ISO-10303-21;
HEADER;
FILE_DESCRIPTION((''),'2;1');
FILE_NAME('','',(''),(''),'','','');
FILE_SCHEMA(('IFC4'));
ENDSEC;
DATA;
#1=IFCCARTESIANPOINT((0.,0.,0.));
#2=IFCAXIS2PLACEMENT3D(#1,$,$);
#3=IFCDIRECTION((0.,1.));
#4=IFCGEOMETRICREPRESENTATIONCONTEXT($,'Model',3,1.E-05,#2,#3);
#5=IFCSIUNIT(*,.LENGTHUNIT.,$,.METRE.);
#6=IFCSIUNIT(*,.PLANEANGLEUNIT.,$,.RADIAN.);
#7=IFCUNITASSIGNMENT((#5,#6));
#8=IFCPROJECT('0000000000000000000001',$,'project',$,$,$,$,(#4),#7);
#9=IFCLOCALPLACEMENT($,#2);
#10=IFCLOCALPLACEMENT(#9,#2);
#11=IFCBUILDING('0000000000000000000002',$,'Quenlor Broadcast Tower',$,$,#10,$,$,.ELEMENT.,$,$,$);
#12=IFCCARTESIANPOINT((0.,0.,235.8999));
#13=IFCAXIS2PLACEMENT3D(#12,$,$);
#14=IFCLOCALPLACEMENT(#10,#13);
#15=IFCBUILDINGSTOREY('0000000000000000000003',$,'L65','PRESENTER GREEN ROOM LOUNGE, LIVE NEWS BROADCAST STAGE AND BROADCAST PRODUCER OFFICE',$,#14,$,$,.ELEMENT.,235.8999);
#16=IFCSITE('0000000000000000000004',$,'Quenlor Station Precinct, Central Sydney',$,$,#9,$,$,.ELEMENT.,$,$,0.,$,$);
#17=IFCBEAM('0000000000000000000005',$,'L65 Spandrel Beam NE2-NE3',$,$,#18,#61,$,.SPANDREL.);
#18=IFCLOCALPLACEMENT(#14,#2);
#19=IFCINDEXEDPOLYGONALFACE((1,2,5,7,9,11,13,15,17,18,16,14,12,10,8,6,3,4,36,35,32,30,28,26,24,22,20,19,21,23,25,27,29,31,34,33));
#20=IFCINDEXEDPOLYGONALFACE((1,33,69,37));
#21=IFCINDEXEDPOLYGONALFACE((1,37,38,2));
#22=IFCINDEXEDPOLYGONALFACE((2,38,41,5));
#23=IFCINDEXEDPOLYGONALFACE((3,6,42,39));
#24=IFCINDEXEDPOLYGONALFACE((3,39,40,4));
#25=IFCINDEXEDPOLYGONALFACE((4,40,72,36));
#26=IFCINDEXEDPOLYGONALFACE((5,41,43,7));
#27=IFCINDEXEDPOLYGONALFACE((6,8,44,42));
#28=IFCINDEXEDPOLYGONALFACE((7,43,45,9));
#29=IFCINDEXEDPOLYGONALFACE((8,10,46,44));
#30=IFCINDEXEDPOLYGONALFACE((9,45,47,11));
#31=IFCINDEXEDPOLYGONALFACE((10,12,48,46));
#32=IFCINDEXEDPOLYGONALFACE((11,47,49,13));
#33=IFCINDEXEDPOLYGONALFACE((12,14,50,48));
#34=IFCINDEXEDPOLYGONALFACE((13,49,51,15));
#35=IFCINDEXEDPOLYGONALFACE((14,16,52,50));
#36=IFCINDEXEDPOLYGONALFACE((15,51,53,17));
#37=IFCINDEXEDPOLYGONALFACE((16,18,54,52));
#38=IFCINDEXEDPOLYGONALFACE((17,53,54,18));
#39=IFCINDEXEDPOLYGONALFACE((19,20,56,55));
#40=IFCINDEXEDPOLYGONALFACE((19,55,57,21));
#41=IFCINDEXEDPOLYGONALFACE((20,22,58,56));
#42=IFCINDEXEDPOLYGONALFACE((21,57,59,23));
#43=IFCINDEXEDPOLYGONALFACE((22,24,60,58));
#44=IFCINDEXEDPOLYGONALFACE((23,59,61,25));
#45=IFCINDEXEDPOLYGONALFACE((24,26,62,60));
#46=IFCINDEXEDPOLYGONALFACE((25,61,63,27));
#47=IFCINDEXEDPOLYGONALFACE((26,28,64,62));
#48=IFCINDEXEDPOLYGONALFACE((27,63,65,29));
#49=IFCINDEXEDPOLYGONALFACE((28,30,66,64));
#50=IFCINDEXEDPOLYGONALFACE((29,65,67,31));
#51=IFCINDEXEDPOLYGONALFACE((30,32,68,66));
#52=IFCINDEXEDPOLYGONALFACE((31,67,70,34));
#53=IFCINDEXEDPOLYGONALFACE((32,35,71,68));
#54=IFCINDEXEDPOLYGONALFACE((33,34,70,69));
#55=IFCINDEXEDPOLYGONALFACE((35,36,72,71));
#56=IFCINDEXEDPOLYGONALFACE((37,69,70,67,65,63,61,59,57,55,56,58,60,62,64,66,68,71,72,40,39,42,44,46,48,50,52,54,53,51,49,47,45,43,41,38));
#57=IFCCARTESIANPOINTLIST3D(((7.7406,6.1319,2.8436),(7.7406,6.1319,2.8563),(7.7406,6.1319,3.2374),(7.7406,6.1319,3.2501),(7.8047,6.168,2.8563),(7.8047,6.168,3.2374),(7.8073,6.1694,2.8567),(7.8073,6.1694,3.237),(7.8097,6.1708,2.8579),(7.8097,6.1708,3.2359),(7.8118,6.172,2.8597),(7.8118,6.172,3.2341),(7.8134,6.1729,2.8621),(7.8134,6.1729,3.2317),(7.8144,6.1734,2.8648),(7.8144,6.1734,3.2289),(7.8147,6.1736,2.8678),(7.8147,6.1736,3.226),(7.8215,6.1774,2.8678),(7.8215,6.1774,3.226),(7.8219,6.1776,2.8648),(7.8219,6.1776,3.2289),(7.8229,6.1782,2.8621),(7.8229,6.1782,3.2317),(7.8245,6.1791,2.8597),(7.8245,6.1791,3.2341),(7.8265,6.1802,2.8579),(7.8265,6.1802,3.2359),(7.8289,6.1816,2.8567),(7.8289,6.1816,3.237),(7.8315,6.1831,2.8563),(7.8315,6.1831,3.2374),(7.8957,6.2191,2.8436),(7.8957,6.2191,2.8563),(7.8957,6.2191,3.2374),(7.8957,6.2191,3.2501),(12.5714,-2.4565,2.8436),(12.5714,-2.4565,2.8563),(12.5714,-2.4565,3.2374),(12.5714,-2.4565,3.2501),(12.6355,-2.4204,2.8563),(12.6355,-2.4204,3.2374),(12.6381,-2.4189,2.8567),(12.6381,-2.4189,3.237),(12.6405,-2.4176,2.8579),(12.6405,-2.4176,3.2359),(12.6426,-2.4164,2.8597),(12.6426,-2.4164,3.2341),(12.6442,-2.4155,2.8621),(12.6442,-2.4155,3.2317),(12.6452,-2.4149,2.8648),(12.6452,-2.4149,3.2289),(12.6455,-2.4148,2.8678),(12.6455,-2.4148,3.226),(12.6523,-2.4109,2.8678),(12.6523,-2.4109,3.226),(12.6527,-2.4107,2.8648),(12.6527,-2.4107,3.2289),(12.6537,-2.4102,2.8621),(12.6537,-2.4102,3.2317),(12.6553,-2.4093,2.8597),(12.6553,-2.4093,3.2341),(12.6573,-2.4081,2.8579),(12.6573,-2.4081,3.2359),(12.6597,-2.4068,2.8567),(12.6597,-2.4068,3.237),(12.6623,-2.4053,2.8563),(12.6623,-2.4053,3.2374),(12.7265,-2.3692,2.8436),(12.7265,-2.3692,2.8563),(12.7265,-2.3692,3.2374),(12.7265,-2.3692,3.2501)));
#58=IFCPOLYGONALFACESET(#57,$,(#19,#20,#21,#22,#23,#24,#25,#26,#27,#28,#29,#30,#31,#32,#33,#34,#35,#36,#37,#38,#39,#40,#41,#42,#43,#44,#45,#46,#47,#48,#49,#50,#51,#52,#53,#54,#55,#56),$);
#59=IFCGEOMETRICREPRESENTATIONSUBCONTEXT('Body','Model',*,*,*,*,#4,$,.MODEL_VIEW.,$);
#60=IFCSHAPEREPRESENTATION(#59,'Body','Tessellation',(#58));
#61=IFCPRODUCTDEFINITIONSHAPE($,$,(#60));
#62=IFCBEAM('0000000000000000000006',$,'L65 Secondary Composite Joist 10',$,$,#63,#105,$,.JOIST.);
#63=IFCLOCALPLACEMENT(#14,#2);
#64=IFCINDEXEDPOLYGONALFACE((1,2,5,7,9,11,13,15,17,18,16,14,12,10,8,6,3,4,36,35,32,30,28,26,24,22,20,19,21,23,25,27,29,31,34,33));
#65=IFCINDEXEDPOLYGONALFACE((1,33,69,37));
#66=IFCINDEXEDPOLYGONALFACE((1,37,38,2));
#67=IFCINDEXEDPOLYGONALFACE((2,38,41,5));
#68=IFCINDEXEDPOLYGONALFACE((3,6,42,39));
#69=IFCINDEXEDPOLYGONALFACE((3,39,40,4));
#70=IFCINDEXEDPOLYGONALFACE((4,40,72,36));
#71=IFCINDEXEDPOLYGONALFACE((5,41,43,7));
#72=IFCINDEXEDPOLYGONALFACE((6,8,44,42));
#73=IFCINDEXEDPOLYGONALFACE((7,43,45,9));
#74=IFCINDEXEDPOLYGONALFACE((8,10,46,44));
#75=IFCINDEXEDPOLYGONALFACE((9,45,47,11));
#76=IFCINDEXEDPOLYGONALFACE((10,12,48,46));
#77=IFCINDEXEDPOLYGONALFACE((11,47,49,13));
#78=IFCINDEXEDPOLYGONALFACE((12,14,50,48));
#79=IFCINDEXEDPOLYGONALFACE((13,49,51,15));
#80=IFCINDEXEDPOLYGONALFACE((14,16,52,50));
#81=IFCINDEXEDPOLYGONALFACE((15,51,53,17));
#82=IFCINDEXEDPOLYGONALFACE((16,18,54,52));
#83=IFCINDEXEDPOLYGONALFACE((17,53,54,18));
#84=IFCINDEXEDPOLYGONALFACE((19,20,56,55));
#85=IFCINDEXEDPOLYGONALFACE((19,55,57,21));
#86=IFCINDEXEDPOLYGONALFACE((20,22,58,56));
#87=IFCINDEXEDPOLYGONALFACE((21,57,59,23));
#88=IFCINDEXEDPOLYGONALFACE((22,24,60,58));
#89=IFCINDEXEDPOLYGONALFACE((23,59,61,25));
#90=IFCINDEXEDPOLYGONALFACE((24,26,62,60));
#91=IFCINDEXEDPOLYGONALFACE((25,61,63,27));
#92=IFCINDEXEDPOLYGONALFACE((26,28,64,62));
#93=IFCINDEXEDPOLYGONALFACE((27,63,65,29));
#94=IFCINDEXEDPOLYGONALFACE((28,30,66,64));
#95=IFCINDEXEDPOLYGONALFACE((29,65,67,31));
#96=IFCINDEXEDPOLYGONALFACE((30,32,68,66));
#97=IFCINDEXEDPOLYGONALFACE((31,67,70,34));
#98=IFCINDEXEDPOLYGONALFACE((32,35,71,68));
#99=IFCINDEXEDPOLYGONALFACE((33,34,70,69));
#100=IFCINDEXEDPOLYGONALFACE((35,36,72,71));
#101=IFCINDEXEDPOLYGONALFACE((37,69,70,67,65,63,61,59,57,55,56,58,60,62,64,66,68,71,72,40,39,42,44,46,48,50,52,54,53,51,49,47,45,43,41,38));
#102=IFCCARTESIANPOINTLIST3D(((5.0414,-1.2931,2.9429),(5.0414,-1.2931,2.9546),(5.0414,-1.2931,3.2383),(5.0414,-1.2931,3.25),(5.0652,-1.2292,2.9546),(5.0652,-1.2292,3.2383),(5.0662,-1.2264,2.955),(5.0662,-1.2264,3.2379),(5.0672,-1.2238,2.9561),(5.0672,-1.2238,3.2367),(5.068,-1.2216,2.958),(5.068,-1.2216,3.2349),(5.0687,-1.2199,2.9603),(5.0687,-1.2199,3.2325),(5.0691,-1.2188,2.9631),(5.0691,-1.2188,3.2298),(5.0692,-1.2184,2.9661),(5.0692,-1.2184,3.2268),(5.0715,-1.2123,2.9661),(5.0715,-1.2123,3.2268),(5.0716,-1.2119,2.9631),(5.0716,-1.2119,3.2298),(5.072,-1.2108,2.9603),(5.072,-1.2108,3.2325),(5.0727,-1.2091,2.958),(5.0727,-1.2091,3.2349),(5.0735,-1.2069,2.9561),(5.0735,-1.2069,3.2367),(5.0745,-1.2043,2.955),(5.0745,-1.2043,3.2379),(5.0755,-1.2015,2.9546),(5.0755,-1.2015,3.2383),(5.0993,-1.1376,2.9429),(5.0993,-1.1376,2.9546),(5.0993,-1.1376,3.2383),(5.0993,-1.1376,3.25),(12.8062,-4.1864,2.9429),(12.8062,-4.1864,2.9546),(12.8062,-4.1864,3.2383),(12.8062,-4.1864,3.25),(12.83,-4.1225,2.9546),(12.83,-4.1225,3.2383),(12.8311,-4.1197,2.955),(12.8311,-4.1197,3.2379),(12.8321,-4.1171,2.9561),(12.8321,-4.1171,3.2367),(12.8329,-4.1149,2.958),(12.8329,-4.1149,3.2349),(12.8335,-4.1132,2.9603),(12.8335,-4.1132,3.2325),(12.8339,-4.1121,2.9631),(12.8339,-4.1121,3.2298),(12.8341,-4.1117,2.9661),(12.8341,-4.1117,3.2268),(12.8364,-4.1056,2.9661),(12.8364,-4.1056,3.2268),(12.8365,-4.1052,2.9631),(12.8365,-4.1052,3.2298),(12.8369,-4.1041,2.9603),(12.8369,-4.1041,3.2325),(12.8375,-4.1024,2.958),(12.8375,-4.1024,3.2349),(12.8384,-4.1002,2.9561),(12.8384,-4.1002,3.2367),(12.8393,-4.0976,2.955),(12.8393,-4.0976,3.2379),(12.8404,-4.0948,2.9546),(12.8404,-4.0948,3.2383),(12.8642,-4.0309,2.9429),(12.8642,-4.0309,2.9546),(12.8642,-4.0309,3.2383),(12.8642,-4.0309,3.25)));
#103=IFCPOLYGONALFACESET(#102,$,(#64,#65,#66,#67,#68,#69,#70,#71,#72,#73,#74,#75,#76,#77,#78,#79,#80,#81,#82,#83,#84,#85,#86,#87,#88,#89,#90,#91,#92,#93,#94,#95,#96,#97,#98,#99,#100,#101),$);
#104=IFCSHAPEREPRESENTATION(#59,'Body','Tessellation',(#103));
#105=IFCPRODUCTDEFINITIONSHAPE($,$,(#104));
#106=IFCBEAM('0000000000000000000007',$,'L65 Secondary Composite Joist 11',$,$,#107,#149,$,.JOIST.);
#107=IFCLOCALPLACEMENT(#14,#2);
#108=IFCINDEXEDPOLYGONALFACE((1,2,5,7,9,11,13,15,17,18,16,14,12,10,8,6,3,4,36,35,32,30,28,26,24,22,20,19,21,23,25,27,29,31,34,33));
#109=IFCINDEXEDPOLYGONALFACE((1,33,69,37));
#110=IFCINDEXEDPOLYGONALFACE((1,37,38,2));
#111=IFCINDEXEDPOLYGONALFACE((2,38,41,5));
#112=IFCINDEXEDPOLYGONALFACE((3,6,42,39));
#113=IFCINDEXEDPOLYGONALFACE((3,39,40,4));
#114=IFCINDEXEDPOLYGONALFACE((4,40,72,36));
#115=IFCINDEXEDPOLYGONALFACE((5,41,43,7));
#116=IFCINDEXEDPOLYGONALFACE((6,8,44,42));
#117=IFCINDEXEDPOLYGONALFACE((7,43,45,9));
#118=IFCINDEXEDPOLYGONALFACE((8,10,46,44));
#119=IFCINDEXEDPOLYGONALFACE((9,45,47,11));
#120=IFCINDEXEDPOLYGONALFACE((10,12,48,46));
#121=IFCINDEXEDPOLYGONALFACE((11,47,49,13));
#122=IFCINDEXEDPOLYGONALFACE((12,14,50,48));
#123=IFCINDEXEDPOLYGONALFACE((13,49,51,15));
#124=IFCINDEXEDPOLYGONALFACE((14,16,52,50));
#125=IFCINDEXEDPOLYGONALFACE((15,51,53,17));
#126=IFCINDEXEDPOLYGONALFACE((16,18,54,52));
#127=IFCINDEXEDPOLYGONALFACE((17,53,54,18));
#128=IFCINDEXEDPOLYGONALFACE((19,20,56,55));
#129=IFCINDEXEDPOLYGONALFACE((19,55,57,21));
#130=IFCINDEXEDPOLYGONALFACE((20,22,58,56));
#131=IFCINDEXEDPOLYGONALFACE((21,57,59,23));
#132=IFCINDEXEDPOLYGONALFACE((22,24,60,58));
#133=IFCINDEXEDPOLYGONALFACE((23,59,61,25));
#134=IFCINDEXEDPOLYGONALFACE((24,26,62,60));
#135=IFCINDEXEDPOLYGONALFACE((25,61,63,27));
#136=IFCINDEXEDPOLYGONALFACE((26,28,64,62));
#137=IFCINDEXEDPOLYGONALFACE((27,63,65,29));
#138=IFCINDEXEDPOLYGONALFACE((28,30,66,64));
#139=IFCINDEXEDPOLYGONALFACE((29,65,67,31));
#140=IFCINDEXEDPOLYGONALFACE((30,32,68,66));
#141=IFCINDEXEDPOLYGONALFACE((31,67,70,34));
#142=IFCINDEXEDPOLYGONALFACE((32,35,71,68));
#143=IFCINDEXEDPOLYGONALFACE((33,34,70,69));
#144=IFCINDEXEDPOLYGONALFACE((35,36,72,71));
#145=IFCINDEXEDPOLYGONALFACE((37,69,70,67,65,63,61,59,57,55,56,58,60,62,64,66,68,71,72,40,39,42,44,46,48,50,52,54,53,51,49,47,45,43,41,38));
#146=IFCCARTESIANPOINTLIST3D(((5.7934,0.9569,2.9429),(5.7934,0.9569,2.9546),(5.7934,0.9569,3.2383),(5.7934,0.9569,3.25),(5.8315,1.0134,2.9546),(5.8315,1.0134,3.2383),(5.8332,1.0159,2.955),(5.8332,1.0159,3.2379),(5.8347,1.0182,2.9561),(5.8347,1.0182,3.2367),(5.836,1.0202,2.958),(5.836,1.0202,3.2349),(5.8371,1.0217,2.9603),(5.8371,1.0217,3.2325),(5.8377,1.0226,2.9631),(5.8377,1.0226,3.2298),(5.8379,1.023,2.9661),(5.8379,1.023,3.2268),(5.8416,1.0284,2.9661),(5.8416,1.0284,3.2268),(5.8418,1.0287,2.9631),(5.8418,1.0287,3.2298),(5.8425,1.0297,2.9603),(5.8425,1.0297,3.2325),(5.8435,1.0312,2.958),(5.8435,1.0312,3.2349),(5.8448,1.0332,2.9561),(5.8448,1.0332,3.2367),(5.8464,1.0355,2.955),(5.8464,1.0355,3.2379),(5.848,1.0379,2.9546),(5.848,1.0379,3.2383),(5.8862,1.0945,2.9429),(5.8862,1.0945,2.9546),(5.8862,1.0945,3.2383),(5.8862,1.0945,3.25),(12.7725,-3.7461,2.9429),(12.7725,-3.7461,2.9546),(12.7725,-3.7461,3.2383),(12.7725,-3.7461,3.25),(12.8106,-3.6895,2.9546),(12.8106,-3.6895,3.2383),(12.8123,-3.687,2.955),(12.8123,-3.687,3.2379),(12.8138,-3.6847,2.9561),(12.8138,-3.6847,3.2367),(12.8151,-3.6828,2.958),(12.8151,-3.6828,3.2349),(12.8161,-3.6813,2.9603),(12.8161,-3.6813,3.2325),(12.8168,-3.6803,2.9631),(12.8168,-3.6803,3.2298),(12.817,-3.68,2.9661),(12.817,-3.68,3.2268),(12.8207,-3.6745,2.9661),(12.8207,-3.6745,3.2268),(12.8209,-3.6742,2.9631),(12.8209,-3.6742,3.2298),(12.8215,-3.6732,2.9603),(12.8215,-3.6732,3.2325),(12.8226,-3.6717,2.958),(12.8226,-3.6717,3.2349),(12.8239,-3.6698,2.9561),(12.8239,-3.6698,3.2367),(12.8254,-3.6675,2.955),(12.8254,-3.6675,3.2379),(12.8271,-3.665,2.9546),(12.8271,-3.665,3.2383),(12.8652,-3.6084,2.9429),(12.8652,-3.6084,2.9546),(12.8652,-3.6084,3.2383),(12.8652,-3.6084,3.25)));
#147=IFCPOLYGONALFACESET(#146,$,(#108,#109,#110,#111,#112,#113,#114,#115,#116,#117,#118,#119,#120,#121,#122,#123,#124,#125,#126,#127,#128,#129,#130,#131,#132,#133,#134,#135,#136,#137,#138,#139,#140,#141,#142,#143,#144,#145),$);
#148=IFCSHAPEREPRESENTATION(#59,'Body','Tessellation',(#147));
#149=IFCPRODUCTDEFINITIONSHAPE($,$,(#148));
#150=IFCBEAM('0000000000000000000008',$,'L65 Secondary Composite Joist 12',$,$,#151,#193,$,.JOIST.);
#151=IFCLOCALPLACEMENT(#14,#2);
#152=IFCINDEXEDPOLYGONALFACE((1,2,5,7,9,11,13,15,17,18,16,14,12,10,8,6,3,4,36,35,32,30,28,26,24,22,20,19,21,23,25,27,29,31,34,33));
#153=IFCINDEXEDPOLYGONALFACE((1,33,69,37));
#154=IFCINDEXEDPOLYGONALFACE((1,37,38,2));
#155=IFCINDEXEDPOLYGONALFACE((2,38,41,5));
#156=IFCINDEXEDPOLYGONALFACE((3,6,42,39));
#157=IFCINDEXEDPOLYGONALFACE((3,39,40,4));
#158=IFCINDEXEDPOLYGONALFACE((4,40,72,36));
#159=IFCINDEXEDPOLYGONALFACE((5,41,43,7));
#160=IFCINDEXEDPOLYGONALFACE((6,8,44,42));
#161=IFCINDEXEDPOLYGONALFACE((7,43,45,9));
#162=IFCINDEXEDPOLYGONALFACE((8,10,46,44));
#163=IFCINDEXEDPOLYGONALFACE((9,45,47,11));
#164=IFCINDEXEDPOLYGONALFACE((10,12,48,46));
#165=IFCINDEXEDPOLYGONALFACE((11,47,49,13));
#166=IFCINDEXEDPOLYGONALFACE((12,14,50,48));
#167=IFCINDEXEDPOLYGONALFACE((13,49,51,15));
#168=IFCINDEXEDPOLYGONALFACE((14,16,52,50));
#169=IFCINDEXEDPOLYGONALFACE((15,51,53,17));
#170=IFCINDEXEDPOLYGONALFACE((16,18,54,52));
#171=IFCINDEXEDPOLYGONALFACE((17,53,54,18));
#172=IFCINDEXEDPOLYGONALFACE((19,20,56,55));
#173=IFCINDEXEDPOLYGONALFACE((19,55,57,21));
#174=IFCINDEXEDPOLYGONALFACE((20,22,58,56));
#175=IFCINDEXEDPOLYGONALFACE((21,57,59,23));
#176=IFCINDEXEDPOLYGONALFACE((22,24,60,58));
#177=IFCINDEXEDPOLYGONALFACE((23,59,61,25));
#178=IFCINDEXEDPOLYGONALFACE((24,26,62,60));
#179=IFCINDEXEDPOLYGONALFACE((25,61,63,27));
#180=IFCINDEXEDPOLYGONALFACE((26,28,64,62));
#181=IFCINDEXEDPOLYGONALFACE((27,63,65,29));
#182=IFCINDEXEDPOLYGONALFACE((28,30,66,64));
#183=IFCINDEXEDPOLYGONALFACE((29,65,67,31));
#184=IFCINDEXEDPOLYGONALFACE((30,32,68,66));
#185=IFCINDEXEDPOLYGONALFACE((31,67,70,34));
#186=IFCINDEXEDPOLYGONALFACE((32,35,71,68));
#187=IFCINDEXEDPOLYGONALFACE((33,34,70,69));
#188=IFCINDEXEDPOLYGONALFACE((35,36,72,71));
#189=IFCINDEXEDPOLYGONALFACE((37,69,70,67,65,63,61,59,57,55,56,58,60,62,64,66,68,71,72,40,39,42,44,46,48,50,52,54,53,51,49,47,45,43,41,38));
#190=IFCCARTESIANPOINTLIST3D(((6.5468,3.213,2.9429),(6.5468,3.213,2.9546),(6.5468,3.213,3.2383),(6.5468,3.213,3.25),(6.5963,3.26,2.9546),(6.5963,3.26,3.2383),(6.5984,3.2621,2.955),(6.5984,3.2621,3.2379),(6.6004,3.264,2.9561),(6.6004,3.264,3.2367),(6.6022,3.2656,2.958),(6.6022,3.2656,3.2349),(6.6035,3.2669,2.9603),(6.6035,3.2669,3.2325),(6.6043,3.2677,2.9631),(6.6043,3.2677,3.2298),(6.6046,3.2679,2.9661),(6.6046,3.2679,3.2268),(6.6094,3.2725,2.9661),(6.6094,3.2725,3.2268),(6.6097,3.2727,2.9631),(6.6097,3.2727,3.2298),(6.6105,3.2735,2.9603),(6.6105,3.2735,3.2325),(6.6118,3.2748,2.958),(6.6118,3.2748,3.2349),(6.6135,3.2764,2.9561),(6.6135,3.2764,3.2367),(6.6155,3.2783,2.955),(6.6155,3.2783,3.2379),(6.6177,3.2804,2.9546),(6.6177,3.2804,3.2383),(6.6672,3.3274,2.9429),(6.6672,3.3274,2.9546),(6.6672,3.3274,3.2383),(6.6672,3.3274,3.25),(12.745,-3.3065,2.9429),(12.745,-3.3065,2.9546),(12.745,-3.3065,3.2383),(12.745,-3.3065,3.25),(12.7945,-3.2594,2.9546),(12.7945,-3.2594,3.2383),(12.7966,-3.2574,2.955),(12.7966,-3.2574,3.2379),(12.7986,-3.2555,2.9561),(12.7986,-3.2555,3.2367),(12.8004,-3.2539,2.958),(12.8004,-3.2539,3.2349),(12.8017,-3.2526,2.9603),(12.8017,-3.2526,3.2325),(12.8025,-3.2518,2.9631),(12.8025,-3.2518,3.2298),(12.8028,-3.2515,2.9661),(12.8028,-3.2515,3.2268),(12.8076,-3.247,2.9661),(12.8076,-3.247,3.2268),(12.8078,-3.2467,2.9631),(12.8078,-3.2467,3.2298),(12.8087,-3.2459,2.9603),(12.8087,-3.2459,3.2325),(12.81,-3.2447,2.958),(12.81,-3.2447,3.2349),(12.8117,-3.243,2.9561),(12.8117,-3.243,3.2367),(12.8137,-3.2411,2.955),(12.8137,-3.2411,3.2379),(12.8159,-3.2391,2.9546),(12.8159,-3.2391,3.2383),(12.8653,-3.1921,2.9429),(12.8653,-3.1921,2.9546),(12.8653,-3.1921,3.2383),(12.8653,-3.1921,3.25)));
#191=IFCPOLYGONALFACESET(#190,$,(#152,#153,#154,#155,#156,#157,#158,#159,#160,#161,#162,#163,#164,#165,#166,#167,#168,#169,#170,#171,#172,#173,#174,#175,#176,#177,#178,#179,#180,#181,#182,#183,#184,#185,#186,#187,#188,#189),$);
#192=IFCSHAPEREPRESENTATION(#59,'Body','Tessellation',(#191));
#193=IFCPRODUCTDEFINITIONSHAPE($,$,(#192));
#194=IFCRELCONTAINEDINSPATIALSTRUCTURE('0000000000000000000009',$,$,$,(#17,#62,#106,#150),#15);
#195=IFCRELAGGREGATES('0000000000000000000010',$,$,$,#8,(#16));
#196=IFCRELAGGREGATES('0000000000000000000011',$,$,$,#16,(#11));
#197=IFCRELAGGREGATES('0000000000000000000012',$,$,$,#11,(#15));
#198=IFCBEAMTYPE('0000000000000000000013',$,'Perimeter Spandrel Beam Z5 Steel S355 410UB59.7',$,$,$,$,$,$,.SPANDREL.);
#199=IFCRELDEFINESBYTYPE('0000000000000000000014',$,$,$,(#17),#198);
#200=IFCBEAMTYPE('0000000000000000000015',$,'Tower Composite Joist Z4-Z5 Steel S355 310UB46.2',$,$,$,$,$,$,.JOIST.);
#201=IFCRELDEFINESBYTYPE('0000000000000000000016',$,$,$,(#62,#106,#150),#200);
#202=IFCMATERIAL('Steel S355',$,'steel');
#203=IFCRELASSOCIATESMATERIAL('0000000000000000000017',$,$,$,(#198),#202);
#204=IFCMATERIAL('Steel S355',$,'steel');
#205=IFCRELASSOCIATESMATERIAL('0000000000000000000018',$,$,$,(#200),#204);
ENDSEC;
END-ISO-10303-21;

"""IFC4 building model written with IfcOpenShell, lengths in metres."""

from ifc_helpers import new_model, si_unit, direction, frame, origin, origin_2d, place, context, subcontext, project, spatial, i_section, extrude, material, material_profile, profile_set, type_object, element, save


model = new_model("IFC4")

# Units and contexts
model_context = context("Model", 3, precision=1e-05, world=origin(), true_north=direction((0.0, 1.0)))
body_context = subcontext(model_context, "Body", "Model", "MODEL_VIEW")
ifc_project = project(units=[si_unit("LENGTHUNIT", "METRE"), si_unit("PLANEANGLEUNIT", "RADIAN")], contexts=[model_context])

# Site, building, storey
site_placement = place(None, origin())
site = spatial("IfcSite", under=ifc_project, at=site_placement, Name="Quenlor Station Precinct, Central Sydney", CompositionType="ELEMENT", RefElevation=0.0)
building_placement = place(site_placement, origin())
building = spatial("IfcBuilding", under=site, at=building_placement, Name="Quenlor Broadcast Tower", CompositionType="ELEMENT")
storey_placement = place(building_placement, frame((0.0, 0.0, 235.8999)))
storey = spatial("IfcBuildingStorey", under=building, at=storey_placement, Name="L65", Description="PRESENTER GREEN ROOM LOUNGE, LIVE NEWS BROADCAST STAGE AND BROADCAST PRODUCER OFFICE", CompositionType="ELEMENT", Elevation=235.8999)

# Beams
ifc_material_1 = material(Name="Steel S355", Category="steel")
ifc_material_profile_1 = material_profile(ifc_material_1, i_section(OverallWidth=0.178, OverallDepth=0.4065, WebThickness=0.0078, FlangeThickness=0.0127, FilletRadius=0.0115, at=origin_2d()))
ifc_profile_set_1 = profile_set([ifc_material_profile_1], Name="Steel S355 410UB59.7")
beam_type_1 = type_object("IfcBeamType", Name="Perimeter Spandrel Beam Z5 Steel S355 410UB59.7", PredefinedType="SPANDREL", material=ifc_profile_set_1)
beam_1_placement = place(storey_placement, frame((12.6489, -2.4128, 3.0469), z_axis=(-0.490249, 0.871582, 0.0), x_axis=(-0.871582, -0.490249, 0.0)))
element("IfcBeam", 1, at=beam_1_placement, inside=storey, type_object=beam_type_1, Name="L65 Spandrel Beam NE2-NE3", PredefinedType="SPANDREL", context=body_context, shape_type="SweptSolid", body=[
    extrude(i_section(OverallWidth=0.178, OverallDepth=0.4065, WebThickness=0.0078, FlangeThickness=0.0127, FilletRadius=0.0115, at=origin_2d()), origin(), (0.0, 0.0, 1.0), 9.8538),
])
ifc_material_2 = material(Name="Steel S355", Category="steel")
ifc_material_profile_2 = material_profile(ifc_material_2, i_section(OverallWidth=0.166, OverallDepth=0.3071, WebThickness=0.0066, FlangeThickness=0.0117, FilletRadius=0.0115, at=origin_2d()))
ifc_profile_set_2 = profile_set([ifc_material_profile_2], Name="Steel S355 310UB46.2")
beam_type_2 = type_object("IfcBeamType", Name="Tower Composite Joist Z4-Z5 Steel S355 310UB46.2", PredefinedType="JOIST", material=ifc_profile_set_2)
beam_2_placement = place(storey_placement, frame((12.8352, -4.1086, 3.0964), z_axis=(-0.937062, 0.349163, 0.0), x_axis=(-0.349163, -0.937062, 0.0)))
element("IfcBeam", 2, at=beam_2_placement, inside=storey, type_object=beam_type_2, Name="L65 Secondary Composite Joist 10", PredefinedType="JOIST", context=body_context, shape_type="SweptSolid", body=[
    extrude(i_section(OverallWidth=0.166, OverallDepth=0.3071, WebThickness=0.0066, FlangeThickness=0.0117, FilletRadius=0.0115, at=origin_2d()), origin(), (0.0, 0.0, 1.0), 8.2864),
])
beam_3_placement = place(storey_placement, frame((12.8188, -3.6772, 3.0964), z_axis=(-0.829286, 0.558824, 0.0), x_axis=(-0.558824, -0.829286, 0.0)))
element("IfcBeam", 3, at=beam_3_placement, inside=storey, type_object=beam_type_2, Name="L65 Secondary Composite Joist 11", PredefinedType="JOIST", context=body_context, shape_type="SweptSolid", body=[
    extrude(i_section(OverallWidth=0.166, OverallDepth=0.3071, WebThickness=0.0066, FlangeThickness=0.0117, FilletRadius=0.0115, at=origin_2d()), origin(), (0.0, 0.0, 1.0), 8.4158),
])
beam_4_placement = place(storey_placement, frame((12.8052, -3.2493, 3.0964), z_axis=(-0.689023, 0.724739, 0.0), x_axis=(-0.724739, -0.689023, 0.0)))
element("IfcBeam", 4, at=beam_4_placement, inside=storey, type_object=beam_type_2, Name="L65 Secondary Composite Joist 12", PredefinedType="JOIST", context=body_context, shape_type="SweptSolid", body=[
    extrude(i_section(OverallWidth=0.166, OverallDepth=0.3071, WebThickness=0.0066, FlangeThickness=0.0117, FilletRadius=0.0115, at=origin_2d()), origin(), (0.0, 0.0, 1.0), 8.9956),
])

save(model, "model.ifc")
